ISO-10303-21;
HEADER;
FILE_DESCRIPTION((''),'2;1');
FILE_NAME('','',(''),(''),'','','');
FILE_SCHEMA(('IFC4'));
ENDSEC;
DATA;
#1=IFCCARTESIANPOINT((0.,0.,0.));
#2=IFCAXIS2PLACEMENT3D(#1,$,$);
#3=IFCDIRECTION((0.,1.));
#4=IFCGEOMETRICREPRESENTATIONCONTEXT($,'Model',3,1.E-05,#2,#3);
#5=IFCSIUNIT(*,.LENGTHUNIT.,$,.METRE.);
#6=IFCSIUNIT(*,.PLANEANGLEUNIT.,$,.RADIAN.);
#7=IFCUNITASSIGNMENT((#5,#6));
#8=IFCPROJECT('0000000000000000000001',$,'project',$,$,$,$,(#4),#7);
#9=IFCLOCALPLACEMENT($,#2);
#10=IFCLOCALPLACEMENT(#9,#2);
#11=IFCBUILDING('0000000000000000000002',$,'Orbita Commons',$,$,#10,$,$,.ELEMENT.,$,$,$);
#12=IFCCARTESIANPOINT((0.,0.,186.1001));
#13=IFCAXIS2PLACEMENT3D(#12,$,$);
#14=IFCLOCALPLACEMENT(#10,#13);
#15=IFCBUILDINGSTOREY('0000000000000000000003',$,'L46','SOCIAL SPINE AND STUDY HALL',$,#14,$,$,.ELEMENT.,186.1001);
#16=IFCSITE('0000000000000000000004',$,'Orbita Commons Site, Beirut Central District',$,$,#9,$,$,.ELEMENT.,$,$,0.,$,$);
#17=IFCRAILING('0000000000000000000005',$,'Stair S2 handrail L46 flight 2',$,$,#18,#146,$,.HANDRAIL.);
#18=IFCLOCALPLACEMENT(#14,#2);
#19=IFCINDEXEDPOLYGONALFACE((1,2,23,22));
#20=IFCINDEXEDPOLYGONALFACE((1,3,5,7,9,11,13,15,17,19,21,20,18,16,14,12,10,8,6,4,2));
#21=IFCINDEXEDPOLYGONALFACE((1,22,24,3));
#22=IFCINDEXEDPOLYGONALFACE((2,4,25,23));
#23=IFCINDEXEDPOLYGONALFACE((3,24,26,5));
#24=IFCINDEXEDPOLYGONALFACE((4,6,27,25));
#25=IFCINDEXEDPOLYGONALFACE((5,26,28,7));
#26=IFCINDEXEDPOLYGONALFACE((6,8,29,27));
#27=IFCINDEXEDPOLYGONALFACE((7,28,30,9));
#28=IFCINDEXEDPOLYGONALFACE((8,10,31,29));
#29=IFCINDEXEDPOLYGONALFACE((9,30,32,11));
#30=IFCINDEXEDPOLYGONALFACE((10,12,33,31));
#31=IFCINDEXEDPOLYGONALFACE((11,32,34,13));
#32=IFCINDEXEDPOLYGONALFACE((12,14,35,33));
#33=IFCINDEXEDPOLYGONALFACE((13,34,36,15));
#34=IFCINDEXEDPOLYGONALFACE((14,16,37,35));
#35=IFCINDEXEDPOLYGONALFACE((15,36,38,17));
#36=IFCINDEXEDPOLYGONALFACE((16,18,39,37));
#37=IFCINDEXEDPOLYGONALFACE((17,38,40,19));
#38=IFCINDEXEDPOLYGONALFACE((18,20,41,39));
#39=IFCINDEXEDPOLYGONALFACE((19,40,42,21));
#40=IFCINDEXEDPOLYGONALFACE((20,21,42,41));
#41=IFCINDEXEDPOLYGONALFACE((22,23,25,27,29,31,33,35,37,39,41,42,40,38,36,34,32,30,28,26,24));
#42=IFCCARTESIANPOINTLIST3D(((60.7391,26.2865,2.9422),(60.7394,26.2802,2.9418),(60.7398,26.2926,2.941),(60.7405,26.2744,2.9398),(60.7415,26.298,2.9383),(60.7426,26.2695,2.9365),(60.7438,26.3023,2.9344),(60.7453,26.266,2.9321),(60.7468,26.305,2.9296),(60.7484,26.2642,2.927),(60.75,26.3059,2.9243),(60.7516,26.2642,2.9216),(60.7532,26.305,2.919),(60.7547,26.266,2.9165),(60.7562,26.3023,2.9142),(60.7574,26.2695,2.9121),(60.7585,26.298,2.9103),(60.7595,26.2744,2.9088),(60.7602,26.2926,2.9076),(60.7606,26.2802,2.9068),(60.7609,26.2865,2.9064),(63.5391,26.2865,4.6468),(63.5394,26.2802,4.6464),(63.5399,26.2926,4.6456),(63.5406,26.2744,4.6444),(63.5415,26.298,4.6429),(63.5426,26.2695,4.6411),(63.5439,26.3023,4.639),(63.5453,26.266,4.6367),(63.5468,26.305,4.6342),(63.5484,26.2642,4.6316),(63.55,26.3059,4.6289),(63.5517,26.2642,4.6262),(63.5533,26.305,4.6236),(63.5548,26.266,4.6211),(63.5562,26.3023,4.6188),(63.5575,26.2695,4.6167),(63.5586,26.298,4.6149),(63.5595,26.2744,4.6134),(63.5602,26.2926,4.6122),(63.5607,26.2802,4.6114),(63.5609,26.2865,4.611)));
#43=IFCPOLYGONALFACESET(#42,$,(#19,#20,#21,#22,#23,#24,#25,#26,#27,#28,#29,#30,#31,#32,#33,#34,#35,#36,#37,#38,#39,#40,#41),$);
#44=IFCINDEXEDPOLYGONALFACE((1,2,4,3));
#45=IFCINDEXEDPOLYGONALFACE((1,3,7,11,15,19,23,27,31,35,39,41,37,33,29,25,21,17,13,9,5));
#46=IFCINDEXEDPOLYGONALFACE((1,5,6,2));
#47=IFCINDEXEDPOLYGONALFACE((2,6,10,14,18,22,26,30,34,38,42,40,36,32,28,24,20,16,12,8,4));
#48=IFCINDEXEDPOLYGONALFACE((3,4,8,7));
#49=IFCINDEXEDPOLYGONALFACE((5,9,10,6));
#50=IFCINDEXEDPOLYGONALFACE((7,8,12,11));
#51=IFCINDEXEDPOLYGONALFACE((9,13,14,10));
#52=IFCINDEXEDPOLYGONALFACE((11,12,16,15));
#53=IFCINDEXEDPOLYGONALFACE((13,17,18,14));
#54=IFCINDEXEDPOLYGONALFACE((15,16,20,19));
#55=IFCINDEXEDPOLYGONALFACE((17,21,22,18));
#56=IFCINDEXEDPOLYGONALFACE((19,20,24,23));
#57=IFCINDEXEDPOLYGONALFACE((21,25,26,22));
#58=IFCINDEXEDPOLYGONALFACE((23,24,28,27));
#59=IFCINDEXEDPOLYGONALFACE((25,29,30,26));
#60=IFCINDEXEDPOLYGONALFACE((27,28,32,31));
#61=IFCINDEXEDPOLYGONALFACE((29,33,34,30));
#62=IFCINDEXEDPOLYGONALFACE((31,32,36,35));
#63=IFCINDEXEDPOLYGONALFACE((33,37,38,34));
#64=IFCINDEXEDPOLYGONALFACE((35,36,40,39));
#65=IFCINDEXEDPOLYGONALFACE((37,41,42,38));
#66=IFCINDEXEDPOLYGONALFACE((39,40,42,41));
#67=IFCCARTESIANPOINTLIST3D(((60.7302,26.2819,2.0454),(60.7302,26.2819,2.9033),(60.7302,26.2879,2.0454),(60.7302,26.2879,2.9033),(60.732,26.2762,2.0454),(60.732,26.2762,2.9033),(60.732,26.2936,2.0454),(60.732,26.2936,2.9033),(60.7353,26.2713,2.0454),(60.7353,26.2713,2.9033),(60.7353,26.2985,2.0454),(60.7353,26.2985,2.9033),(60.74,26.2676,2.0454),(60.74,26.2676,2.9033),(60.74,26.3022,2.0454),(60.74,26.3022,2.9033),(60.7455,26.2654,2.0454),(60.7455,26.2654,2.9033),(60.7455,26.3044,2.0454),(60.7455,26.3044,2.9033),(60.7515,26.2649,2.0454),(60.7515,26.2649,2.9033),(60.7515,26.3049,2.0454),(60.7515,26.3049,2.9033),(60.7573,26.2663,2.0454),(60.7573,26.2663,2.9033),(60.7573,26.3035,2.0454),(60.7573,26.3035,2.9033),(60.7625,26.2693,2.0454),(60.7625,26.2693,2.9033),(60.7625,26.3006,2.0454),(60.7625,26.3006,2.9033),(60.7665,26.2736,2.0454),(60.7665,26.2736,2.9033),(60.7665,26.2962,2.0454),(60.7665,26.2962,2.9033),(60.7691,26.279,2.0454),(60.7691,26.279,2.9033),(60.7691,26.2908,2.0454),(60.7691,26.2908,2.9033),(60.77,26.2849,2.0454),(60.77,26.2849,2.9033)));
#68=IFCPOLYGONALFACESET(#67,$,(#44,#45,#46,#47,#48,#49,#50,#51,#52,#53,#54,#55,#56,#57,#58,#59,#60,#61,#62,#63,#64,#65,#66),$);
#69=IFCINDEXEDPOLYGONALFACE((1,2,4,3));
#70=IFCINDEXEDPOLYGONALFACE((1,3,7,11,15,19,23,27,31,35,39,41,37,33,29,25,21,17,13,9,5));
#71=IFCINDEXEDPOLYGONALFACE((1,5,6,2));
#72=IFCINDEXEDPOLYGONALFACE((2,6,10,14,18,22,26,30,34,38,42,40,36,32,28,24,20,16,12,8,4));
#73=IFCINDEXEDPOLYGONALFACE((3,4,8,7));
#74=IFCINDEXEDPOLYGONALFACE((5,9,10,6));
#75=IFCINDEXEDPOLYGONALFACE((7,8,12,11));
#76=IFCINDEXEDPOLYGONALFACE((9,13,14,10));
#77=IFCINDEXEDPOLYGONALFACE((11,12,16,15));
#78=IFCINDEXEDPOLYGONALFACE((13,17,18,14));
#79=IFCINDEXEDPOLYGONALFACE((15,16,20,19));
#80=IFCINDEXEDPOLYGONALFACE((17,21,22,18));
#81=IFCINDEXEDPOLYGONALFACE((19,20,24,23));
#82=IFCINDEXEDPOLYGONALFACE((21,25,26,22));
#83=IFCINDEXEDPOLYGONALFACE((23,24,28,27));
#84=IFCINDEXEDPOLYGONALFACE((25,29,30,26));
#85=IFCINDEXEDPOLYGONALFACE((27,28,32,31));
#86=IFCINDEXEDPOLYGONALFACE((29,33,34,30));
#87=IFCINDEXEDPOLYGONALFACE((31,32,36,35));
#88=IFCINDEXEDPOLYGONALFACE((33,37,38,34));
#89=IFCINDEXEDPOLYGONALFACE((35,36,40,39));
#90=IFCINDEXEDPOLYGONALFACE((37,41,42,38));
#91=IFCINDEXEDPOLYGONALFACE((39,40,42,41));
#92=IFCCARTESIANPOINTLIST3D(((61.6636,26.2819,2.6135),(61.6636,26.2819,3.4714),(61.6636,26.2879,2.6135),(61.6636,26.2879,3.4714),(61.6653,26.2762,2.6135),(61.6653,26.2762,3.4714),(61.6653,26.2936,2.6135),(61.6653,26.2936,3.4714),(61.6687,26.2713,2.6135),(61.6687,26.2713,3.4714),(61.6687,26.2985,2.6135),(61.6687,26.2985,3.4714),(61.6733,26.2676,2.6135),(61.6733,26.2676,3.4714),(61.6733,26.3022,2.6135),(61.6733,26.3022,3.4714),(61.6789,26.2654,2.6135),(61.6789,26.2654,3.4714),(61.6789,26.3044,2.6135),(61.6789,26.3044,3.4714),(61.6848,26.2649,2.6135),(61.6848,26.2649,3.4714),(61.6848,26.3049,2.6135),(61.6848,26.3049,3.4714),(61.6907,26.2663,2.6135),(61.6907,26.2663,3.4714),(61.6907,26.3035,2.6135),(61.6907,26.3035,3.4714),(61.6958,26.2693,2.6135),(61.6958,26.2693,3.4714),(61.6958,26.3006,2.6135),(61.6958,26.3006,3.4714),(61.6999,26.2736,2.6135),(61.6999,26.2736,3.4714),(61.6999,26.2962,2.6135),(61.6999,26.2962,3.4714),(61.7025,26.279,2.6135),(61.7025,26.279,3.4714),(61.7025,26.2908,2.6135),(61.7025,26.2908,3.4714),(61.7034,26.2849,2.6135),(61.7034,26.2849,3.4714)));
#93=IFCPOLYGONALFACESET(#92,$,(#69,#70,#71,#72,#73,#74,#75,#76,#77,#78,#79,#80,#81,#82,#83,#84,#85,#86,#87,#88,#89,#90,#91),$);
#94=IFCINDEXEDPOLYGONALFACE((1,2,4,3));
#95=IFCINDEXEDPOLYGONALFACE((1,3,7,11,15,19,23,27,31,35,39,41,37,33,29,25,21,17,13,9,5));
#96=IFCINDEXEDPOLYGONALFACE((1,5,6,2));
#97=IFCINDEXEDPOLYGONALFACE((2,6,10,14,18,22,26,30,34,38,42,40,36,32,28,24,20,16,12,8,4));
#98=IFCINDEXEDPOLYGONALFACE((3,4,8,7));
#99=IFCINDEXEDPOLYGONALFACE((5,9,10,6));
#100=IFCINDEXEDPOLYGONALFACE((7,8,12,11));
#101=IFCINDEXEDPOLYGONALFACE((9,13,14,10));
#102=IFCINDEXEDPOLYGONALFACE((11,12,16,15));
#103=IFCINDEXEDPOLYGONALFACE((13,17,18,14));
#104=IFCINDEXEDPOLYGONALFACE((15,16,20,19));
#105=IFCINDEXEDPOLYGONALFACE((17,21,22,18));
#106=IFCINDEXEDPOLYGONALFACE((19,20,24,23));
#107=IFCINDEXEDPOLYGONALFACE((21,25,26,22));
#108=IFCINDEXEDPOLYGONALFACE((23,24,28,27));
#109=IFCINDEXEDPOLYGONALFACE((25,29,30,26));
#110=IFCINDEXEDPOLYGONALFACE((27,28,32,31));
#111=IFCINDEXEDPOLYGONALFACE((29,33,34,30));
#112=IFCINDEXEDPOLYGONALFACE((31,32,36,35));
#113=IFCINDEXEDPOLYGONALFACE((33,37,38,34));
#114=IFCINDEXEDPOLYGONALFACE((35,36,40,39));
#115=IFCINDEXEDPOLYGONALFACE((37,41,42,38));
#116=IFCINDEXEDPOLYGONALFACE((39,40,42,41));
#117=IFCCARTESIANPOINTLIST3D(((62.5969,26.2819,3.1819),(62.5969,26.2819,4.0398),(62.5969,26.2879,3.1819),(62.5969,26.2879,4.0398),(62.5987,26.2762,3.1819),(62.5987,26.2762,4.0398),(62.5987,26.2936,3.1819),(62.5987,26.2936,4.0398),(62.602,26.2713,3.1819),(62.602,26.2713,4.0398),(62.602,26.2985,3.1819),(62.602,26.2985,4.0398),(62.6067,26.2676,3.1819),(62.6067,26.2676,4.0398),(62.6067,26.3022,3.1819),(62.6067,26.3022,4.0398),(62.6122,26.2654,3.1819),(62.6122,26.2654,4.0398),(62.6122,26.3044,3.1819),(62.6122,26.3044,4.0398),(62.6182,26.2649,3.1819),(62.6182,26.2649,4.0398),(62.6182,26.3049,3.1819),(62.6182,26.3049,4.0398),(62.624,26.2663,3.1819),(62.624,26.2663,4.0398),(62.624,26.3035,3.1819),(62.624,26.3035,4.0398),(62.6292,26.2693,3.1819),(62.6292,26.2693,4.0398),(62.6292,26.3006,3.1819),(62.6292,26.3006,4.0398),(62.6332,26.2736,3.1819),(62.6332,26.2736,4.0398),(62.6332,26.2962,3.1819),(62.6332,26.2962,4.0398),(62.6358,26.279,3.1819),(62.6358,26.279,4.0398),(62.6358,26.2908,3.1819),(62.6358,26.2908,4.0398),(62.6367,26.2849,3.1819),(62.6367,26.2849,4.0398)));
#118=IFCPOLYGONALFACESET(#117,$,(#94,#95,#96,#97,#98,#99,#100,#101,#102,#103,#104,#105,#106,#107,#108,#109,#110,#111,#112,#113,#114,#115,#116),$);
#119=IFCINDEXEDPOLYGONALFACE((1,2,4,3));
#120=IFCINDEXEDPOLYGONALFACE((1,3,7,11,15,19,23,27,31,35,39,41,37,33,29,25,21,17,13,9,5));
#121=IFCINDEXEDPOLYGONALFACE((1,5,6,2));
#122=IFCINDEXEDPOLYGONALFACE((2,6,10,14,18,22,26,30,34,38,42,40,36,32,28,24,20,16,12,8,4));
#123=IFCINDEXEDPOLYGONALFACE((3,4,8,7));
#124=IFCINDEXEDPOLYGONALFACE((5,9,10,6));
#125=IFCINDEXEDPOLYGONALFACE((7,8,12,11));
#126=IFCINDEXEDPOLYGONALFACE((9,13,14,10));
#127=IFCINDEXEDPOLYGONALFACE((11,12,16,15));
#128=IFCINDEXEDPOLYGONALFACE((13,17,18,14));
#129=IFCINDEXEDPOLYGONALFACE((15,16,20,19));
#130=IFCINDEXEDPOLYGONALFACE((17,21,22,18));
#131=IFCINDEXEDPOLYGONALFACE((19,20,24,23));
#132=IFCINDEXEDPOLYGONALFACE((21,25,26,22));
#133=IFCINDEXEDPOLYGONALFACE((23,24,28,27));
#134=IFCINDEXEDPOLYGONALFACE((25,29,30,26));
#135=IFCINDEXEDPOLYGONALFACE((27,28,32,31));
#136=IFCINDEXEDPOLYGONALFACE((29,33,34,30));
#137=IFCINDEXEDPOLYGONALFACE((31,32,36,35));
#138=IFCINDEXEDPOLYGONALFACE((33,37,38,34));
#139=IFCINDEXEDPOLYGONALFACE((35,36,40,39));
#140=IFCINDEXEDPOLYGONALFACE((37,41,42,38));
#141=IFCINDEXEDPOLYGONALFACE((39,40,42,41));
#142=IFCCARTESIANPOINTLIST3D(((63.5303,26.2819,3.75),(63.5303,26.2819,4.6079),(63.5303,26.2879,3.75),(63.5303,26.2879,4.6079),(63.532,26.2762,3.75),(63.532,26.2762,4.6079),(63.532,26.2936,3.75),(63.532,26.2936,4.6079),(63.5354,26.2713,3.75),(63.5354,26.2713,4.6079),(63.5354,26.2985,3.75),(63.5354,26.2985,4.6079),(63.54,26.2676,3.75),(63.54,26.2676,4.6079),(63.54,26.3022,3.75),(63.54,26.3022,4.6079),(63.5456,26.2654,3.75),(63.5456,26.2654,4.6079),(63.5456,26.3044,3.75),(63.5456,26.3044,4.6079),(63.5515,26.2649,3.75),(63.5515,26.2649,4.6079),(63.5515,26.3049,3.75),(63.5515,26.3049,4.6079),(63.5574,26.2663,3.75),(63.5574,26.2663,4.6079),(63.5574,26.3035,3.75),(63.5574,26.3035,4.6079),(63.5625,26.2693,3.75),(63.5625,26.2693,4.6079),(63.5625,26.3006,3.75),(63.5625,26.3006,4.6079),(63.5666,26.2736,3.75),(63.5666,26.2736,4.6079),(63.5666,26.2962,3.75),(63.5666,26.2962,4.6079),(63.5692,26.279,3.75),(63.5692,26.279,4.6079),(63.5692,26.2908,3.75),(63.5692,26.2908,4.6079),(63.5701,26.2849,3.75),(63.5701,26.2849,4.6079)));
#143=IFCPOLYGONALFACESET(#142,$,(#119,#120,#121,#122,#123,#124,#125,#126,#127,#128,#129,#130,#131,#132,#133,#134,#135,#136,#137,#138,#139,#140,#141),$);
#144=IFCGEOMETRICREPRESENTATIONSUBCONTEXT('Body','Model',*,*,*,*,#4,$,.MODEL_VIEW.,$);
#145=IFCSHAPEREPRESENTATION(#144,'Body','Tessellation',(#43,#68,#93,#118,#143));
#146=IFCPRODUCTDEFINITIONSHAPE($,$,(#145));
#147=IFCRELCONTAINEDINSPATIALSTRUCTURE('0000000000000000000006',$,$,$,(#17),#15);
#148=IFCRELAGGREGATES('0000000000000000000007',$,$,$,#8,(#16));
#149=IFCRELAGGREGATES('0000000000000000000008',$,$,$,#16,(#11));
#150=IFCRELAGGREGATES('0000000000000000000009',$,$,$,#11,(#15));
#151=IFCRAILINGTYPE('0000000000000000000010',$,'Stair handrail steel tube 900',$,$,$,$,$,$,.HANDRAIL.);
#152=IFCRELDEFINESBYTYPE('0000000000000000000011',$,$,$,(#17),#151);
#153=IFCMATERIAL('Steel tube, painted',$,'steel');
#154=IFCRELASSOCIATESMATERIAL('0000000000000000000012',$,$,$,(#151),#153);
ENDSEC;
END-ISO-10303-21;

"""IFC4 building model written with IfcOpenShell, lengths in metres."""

from ifc_helpers import new_model, si_unit, direction, frame, origin, origin_2d, place, context, subcontext, project, spatial, circle, extrude, material, type_object, element, save


model = new_model("IFC4")

# Units and contexts
model_context = context("Model", 3, precision=1e-05, world=origin(), true_north=direction((0.0, 1.0)))
body_context = subcontext(model_context, "Body", "Model", "MODEL_VIEW")
ifc_project = project(units=[si_unit("LENGTHUNIT", "METRE"), si_unit("PLANEANGLEUNIT", "RADIAN")], contexts=[model_context])

# Site, building, storey
site_placement = place(None, origin())
site = spatial("IfcSite", under=ifc_project, at=site_placement, Name="Orbita Commons Site, Beirut Central District", CompositionType="ELEMENT", RefElevation=0.0)
building_placement = place(site_placement, origin())
building = spatial("IfcBuilding", under=site, at=building_placement, Name="Orbita Commons", CompositionType="ELEMENT")
storey_placement = place(building_placement, frame((0.0, 0.0, 186.1001)))
storey = spatial("IfcBuildingStorey", under=building, at=storey_placement, Name="L46", Description="SOCIAL SPINE AND STUDY HALL", CompositionType="ELEMENT", Elevation=186.1001)

# Railing
ifc_material_1 = material(Name="Steel tube, painted", Category="steel")
railing_type = type_object("IfcRailingType", Name="Stair handrail steel tube 900", PredefinedType="HANDRAIL", material=ifc_material_1)
for number, where, name in (
    (1, (60.75, 26.2849, 2.0454), "Stair S2 handrail L46 flight 2"),
):
    element("IfcRailing", number, at=place(storey_placement, frame(where)), inside=storey, type_object=railing_type, Name=name, PredefinedType="HANDRAIL", context=body_context, shape_type="SweptSolid", body=[
        extrude(circle(Radius=0.021, at=origin_2d()), frame((0.0, 0.0, 0.8789), z_axis=(0.85417, 0.0, 0.519994), x_axis=(0.0, 1.0, 0.0)), (0.0, 0.0, 1.0), 3.2781),
        extrude(circle(Radius=0.02, at=origin_2d()), origin(), (0.0, 0.0, 1.0), 0.8579),
        extrude(circle(Radius=0.02, at=origin_2d()), frame((0.9333, 0.0, 0.5681)), (0.0, 0.0, 1.0), 0.8579),
        extrude(circle(Radius=0.02, at=origin_2d()), frame((1.8667, 0.0, 1.1365)), (0.0, 0.0, 1.0), 0.8579),
        extrude(circle(Radius=0.02, at=origin_2d()), frame((2.8, 0.0, 1.7046)), (0.0, 0.0, 1.0), 0.8579),
    ])

save(model, "model.ifc")
